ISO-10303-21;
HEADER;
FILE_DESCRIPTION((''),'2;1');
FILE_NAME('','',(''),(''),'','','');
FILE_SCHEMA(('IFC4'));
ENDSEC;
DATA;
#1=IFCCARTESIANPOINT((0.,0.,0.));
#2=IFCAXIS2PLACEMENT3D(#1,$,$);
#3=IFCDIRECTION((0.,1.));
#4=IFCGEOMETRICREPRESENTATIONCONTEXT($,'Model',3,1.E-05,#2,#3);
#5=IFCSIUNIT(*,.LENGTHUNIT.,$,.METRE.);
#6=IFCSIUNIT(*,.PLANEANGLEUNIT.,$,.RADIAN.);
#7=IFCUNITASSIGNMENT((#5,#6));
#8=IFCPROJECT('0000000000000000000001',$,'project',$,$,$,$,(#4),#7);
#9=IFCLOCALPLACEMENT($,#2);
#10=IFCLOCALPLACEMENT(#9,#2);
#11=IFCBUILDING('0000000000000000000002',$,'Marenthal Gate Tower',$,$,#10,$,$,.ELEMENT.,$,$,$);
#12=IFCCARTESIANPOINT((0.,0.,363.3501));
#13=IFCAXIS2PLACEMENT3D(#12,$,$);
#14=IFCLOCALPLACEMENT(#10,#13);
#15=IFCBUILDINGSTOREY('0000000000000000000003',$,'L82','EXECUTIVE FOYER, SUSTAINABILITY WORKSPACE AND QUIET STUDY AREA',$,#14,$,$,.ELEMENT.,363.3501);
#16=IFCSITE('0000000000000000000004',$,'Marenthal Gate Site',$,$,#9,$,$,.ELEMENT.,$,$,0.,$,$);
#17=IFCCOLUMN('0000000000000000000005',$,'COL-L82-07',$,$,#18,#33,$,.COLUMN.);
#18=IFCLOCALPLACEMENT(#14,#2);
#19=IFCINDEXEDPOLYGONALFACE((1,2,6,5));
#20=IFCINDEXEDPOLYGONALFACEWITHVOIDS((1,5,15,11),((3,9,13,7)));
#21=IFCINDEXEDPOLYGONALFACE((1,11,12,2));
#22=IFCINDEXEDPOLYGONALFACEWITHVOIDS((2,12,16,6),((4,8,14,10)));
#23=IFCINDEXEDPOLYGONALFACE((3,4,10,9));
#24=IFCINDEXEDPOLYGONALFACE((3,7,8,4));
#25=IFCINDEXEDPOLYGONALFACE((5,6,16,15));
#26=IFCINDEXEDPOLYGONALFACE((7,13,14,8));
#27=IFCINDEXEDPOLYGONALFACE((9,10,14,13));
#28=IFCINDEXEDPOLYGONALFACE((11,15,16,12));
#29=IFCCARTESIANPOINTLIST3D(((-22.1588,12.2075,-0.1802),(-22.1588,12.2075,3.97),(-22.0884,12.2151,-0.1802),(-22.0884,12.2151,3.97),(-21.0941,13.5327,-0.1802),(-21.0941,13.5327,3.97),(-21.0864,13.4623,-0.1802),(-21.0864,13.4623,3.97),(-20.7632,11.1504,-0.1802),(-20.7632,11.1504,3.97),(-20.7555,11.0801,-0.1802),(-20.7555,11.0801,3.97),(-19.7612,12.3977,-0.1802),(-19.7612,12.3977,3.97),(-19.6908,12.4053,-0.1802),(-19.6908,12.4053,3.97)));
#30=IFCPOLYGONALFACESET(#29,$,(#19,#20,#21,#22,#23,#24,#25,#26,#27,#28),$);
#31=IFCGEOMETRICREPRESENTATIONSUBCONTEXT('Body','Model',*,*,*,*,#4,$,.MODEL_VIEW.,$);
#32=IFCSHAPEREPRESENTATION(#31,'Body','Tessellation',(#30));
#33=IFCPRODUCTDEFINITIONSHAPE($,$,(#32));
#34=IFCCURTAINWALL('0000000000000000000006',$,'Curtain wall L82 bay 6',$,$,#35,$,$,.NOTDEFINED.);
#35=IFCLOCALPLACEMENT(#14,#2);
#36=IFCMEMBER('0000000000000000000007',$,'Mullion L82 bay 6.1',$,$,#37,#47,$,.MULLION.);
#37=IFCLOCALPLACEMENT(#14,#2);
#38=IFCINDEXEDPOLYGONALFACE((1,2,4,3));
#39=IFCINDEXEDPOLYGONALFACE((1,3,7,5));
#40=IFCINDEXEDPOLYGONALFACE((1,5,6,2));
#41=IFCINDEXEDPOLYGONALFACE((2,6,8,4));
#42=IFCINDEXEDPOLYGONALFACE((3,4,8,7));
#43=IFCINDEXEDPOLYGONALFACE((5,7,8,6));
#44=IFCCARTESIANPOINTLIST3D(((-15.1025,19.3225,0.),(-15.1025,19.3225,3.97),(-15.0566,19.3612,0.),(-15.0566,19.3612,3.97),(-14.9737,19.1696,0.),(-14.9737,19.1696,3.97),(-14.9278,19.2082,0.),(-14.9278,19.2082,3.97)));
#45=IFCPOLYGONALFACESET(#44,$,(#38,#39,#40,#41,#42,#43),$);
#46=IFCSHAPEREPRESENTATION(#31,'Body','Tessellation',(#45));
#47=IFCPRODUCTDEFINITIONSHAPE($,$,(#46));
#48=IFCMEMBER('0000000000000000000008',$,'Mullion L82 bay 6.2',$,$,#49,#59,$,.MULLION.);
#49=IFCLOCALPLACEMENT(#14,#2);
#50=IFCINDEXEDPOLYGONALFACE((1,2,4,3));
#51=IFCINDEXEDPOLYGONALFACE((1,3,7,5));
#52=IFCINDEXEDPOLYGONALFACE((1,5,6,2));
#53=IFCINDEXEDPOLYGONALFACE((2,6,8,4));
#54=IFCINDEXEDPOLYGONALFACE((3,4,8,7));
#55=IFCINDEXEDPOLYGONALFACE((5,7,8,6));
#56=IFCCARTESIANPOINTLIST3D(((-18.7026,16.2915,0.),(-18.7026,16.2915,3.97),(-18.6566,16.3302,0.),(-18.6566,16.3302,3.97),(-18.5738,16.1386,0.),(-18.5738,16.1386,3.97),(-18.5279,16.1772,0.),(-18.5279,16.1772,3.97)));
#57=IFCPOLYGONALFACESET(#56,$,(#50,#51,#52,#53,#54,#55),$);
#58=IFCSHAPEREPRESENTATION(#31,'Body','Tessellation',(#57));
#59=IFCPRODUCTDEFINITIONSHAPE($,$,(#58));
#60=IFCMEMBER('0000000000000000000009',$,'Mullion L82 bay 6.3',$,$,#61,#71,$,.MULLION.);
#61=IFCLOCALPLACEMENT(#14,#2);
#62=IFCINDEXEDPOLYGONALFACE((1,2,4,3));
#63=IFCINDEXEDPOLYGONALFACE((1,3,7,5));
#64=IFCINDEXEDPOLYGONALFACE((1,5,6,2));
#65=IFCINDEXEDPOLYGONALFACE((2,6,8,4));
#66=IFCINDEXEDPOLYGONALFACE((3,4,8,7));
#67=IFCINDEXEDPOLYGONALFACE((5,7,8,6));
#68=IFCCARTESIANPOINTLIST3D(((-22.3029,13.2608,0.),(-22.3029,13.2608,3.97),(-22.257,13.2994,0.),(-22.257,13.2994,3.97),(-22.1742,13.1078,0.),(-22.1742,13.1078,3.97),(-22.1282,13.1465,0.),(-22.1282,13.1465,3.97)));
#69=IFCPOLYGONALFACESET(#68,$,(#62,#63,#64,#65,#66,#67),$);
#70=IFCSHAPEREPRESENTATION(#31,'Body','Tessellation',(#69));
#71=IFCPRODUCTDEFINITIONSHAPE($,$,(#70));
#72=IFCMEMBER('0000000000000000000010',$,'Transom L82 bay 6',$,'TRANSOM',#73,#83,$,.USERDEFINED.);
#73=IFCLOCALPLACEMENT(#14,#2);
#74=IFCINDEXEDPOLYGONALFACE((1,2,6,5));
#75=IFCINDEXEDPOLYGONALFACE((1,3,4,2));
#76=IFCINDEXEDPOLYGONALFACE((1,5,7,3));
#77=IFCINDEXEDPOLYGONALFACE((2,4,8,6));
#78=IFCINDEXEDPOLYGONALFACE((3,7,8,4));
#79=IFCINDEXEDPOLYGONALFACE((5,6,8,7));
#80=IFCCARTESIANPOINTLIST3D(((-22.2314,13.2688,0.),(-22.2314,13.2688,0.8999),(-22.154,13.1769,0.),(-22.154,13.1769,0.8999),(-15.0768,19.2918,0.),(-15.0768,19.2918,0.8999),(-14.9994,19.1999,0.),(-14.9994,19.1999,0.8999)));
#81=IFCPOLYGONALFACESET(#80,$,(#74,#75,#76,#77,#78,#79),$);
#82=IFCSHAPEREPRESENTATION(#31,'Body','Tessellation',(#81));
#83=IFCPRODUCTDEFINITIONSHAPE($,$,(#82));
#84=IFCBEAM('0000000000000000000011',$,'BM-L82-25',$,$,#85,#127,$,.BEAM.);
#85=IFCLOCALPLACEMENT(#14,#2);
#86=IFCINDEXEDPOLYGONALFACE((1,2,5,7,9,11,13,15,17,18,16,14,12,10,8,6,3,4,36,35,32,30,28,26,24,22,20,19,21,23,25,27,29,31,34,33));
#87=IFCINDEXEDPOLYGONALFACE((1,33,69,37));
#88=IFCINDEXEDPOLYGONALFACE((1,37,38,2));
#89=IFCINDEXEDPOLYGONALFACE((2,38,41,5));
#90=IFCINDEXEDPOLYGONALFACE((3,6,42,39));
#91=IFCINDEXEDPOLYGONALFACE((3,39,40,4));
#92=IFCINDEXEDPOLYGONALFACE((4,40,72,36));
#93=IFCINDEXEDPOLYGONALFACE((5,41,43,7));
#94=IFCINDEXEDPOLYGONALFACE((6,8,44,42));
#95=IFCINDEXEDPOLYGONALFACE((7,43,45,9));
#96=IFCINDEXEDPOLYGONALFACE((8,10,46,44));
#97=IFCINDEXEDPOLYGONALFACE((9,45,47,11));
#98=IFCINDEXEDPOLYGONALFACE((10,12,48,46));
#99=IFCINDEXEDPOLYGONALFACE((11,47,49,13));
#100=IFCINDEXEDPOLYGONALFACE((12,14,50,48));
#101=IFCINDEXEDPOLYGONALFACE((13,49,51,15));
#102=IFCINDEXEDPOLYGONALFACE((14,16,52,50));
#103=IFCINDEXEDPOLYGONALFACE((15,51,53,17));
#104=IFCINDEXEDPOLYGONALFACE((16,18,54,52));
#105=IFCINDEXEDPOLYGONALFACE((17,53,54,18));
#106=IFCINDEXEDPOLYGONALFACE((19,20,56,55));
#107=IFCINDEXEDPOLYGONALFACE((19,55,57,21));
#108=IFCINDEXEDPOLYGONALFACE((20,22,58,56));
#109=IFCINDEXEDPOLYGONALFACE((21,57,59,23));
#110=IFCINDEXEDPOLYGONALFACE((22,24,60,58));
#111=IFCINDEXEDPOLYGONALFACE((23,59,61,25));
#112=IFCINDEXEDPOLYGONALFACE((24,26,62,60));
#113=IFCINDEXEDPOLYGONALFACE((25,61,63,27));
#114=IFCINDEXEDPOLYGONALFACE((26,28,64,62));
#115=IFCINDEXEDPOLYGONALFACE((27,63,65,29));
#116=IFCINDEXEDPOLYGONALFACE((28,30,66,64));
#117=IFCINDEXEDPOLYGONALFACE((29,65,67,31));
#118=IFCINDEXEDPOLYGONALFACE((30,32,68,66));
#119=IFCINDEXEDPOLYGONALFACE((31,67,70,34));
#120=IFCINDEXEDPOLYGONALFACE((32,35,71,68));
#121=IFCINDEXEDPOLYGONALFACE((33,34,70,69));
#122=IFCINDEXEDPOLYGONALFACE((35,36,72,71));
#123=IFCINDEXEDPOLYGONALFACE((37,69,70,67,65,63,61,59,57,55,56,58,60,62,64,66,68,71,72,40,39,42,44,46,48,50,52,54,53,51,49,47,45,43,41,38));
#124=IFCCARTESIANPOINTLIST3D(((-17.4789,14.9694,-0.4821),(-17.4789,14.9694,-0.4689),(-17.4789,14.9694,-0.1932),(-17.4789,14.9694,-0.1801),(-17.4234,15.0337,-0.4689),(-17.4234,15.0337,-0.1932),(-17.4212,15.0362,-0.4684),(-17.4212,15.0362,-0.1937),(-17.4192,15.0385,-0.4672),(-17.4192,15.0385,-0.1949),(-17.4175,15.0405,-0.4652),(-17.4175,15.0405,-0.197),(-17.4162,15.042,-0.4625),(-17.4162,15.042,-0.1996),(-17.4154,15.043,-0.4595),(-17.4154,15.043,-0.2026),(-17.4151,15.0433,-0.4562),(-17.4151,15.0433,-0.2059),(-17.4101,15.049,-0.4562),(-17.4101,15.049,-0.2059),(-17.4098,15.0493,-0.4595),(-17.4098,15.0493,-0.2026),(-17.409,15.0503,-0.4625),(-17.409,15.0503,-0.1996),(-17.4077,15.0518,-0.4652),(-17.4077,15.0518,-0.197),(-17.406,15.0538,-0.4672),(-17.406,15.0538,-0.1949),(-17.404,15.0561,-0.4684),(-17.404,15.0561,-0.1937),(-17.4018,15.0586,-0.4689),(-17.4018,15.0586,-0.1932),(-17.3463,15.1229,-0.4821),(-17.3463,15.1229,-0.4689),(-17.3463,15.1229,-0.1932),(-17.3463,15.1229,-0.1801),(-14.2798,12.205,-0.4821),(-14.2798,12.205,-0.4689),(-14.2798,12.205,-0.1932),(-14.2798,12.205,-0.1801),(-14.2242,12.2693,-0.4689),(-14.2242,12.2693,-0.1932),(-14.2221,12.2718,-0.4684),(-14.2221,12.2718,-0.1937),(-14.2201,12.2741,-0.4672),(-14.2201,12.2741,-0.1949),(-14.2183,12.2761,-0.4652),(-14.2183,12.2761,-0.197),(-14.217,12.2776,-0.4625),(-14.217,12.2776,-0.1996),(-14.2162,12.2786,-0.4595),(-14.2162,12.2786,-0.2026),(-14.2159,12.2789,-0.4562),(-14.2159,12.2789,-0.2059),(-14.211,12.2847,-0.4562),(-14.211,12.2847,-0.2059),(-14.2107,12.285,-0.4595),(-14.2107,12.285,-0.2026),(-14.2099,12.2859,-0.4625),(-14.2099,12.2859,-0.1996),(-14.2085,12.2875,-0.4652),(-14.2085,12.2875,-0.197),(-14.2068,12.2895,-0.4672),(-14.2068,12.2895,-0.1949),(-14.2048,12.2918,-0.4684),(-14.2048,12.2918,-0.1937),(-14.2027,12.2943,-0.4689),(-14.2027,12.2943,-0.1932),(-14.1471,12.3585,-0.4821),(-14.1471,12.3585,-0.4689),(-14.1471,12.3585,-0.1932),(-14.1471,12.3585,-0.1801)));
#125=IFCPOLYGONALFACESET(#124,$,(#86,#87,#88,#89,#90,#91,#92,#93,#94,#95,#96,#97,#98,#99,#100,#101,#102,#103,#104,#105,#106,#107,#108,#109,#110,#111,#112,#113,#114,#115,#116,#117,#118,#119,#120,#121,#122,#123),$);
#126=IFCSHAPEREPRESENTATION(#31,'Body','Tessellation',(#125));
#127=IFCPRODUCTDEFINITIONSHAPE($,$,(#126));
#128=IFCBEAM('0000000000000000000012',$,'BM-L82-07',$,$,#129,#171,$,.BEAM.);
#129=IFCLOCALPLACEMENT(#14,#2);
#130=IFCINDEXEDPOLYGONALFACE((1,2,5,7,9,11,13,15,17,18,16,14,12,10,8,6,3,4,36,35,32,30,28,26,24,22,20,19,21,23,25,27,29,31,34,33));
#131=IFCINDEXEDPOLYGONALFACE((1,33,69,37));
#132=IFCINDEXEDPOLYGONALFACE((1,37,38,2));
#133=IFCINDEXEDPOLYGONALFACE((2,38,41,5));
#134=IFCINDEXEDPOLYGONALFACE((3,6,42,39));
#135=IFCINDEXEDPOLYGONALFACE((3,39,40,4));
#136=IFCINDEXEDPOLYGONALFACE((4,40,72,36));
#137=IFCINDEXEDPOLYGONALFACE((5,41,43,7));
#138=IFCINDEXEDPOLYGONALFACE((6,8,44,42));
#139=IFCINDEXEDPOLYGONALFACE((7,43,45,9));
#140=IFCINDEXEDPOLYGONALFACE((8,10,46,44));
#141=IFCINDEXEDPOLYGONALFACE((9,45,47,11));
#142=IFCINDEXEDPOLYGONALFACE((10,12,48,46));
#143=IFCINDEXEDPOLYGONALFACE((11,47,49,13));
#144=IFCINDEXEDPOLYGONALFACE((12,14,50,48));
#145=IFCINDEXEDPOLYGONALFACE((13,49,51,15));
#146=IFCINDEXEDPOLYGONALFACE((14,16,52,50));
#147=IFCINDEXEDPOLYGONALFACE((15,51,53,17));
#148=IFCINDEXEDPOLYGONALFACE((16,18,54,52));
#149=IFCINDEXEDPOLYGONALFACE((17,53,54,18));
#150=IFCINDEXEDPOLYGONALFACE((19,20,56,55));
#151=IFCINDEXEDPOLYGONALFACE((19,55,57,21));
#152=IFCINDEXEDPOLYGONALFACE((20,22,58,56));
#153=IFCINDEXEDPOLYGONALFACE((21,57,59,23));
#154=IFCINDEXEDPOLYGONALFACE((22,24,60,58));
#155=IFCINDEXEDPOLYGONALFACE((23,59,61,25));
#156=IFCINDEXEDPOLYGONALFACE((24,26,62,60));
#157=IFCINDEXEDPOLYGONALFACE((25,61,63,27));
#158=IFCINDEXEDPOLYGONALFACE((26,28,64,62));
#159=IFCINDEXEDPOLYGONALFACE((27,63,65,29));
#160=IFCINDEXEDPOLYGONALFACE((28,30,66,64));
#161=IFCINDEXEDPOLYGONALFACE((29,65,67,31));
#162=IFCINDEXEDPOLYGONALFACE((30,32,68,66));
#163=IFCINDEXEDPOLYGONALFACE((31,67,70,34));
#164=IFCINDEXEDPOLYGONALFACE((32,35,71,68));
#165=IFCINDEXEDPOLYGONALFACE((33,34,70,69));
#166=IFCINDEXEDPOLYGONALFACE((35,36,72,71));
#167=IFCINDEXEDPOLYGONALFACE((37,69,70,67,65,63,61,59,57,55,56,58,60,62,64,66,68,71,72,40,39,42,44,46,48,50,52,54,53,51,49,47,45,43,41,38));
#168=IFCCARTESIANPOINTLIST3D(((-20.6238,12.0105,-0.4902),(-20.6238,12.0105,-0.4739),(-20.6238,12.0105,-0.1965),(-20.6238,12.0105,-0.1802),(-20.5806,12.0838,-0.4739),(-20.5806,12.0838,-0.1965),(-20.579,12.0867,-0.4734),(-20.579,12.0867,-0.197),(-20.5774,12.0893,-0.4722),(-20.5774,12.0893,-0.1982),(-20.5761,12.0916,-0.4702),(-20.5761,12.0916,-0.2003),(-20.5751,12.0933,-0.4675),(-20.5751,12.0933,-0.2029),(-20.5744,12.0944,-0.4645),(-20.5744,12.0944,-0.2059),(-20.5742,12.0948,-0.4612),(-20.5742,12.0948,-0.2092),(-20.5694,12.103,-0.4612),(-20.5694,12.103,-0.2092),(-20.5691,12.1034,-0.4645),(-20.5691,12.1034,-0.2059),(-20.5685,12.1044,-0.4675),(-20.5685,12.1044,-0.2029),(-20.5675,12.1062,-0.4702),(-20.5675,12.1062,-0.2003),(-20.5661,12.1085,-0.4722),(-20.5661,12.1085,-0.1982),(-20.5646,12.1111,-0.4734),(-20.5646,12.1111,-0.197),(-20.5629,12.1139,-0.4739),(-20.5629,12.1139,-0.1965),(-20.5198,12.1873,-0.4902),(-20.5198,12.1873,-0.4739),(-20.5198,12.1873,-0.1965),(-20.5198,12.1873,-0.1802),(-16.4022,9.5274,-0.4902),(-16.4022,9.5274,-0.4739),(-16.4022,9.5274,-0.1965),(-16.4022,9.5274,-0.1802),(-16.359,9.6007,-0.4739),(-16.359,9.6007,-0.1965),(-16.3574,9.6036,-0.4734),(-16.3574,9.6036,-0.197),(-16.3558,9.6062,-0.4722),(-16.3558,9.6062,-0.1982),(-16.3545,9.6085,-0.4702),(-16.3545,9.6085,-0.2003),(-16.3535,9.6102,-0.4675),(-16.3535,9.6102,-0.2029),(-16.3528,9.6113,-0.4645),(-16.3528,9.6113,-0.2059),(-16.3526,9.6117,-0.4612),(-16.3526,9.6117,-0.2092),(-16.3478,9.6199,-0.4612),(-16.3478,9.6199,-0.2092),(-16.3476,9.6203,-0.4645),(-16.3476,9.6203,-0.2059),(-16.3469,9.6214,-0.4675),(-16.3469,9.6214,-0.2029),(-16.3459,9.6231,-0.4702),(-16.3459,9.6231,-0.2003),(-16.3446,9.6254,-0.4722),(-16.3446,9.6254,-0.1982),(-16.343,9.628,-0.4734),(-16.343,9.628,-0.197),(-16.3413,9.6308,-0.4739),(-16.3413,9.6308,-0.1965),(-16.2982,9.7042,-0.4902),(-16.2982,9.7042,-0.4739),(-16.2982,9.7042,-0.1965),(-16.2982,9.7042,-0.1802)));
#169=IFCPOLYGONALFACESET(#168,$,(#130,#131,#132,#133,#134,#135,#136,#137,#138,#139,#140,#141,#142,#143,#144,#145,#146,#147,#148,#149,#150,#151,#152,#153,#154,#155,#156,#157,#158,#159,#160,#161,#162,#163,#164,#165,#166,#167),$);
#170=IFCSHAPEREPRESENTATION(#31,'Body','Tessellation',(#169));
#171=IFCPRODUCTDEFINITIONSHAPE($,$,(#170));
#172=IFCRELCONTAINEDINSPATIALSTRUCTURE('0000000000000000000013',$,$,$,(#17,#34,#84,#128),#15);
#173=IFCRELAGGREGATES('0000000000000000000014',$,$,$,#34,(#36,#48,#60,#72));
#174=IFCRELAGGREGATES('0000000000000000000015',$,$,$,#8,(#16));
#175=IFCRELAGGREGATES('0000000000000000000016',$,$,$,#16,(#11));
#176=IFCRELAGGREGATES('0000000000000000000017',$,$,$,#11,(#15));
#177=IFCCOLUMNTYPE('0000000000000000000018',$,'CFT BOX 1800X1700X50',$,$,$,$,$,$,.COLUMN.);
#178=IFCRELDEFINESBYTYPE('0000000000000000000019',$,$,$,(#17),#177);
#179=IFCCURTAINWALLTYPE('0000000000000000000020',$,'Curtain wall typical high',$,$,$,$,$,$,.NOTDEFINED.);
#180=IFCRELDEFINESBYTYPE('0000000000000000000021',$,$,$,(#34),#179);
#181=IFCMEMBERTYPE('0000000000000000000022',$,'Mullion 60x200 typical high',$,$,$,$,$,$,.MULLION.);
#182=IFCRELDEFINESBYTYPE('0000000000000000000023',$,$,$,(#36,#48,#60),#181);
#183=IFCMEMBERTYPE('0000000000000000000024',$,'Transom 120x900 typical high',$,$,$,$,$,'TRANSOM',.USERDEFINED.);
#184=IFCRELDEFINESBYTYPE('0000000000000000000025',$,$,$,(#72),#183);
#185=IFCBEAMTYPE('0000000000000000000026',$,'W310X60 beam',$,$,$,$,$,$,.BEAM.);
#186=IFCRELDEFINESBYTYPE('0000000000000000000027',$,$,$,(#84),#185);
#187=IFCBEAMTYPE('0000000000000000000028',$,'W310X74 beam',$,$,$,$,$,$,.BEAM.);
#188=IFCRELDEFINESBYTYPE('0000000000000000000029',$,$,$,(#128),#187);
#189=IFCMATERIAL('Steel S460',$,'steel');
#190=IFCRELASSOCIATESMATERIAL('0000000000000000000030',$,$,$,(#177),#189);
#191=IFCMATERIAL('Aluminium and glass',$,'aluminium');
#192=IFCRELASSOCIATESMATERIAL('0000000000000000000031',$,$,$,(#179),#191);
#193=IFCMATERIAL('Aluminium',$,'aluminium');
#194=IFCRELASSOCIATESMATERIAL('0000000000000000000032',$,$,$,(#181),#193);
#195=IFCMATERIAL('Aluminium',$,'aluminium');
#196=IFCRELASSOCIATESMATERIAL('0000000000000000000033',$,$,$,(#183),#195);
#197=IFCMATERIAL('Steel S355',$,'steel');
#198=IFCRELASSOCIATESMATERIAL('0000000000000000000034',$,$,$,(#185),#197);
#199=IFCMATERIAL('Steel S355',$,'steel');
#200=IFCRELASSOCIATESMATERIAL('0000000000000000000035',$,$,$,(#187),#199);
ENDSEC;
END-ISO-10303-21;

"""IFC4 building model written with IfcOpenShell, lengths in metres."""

from ifc_helpers import new_model, si_unit, direction, frame, origin, origin_2d, place, context, subcontext, project, spatial, rectangle, hollow_rectangle, i_section, extrude, material, material_profile, profile_set, type_object, element, aggregate, save


model = new_model("IFC4")

# Units and contexts
model_context = context("Model", 3, precision=1e-05, world=origin(), true_north=direction((0.0, 1.0)))
body_context = subcontext(model_context, "Body", "Model", "MODEL_VIEW")
ifc_project = project(units=[si_unit("LENGTHUNIT", "METRE"), si_unit("PLANEANGLEUNIT", "RADIAN")], contexts=[model_context])

# Site, building, storey
site_placement = place(None, origin())
site = spatial("IfcSite", under=ifc_project, at=site_placement, Name="Marenthal Gate Site", CompositionType="ELEMENT", RefElevation=0.0)
building_placement = place(site_placement, origin())
building = spatial("IfcBuilding", under=site, at=building_placement, Name="Marenthal Gate Tower", CompositionType="ELEMENT")
storey_placement = place(building_placement, frame((0.0, 0.0, 363.3501)))
storey = spatial("IfcBuildingStorey", under=building, at=storey_placement, Name="L82", Description="EXECUTIVE FOYER, SUSTAINABILITY WORKSPACE AND QUIET STUDY AREA", CompositionType="ELEMENT", Elevation=363.3501)

# Column
ifc_material_1 = material(Name="Steel S460", Category="steel")
ifc_material_profile_1 = material_profile(ifc_material_1, hollow_rectangle(XDim=1.7, YDim=1.8, WallThickness=0.05, at=origin_2d()), Name="CFT BOX 1800X1700X50")
ifc_material_2 = material(Name="Concrete 70 MPa", Category="concrete")
ifc_material_profile_2 = material_profile(ifc_material_2, rectangle(XDim=1.6001, YDim=1.7, at=origin_2d()), Name="CFT BOX 1800X1700X50 INFILL")
ifc_profile_set_1 = profile_set([ifc_material_profile_1, ifc_material_profile_2], Name="Steel S460 shell, Concrete 70 MPa infill")
column_type = type_object("IfcColumnType", Name="CFT BOX 1800X1700X50", PredefinedType="COLUMN", material=ifc_profile_set_1)
column_placement = place(storey_placement, frame((-20.9248, 12.3064, -0.1802), z_axis=(0.0, 0.0, 1.0), x_axis=(0.626296, 0.779585, 0.0)))
element("IfcColumn", 1, at=column_placement, inside=storey, type_object=column_type, Name="COL-L82-07", PredefinedType="COLUMN", context=body_context, shape_type="SweptSolid", body=[
    extrude(hollow_rectangle(XDim=1.7, YDim=1.8, WallThickness=0.05, at=origin_2d()), origin(), (0.0, 0.0, 1.0), 4.1501),
])

# Curtain wall, members
ifc_material_3 = material(Name="Aluminium and glass", Category="aluminium")
curtain_wall_type = type_object("IfcCurtainWallType", Name="Curtain wall typical high", PredefinedType="NOTDEFINED", material=ifc_material_3)
curtain_wall_placement = place(storey_placement, origin())
curtain_wall = element("IfcCurtainWall", 2, at=curtain_wall_placement, inside=storey, type_object=curtain_wall_type, Name="Curtain wall L82 bay 6", PredefinedType="NOTDEFINED")
ifc_material_4 = material(Name="Aluminium", Category="aluminium")
ifc_material_profile_3 = material_profile(ifc_material_4, rectangle(XDim=0.2, YDim=0.0601, at=origin_2d()), Name="60x200 aluminium mullion")
ifc_profile_set_2 = profile_set([ifc_material_profile_3], Name="Aluminium")
member_type_1 = type_object("IfcMemberType", Name="Mullion 60x200 typical high", PredefinedType="MULLION", material=ifc_profile_set_2)
member_1_placement = place(storey_placement, frame((-15.0151, 19.2654, 0.0), z_axis=(0.0, 0.0, 1.0), x_axis=(0.644023, -0.765006, 0.0)))
member_1 = element("IfcMember", 3, at=member_1_placement, type_object=member_type_1, Name="Mullion L82 bay 6.1", PredefinedType="MULLION", context=body_context, shape_type="SweptSolid", body=[
    extrude(rectangle(XDim=0.2, YDim=0.0601, at=origin_2d()), origin(), (0.0, 0.0, 1.0), 3.97),
])
member_2_placement = place(storey_placement, frame((-18.6152, 16.2344, 0.0), z_axis=(0.0, 0.0, 1.0), x_axis=(0.644023, -0.765006, 0.0)))
member_2 = element("IfcMember", 4, at=member_2_placement, type_object=member_type_1, Name="Mullion L82 bay 6.2", PredefinedType="MULLION", context=body_context, shape_type="SweptSolid", body=[
    extrude(rectangle(XDim=0.2, YDim=0.0601, at=origin_2d()), origin(), (0.0, 0.0, 1.0), 3.97),
])
member_3_placement = place(storey_placement, frame((-22.2156, 13.2036, 0.0), z_axis=(0.0, 0.0, 1.0), x_axis=(0.644023, -0.765006, 0.0)))
member_3 = element("IfcMember", 5, at=member_3_placement, type_object=member_type_1, Name="Mullion L82 bay 6.3", PredefinedType="MULLION", context=body_context, shape_type="SweptSolid", body=[
    extrude(rectangle(XDim=0.2, YDim=0.0601, at=origin_2d()), origin(), (0.0, 0.0, 1.0), 3.97),
])
ifc_material_5 = material(Name="Aluminium", Category="aluminium")
ifc_material_profile_4 = material_profile(ifc_material_5, rectangle(XDim=0.1201, YDim=0.8999, at=origin_2d()), Name="120x900 aluminium transom")
ifc_profile_set_3 = profile_set([ifc_material_profile_4], Name="Aluminium")
member_type_2 = type_object("IfcMemberType", Name="Transom 120x900 typical high", ElementType="TRANSOM", PredefinedType="USERDEFINED", material=ifc_profile_set_3)
member_4_placement = place(storey_placement, frame((-15.0381, 19.2458, 0.45), z_axis=(-0.765013, -0.644015, 0.0), x_axis=(0.644015, -0.765013, 0.0)))
member_4 = element("IfcMember", 6, at=member_4_placement, type_object=member_type_2, Name="Transom L82 bay 6", ObjectType="TRANSOM", PredefinedType="USERDEFINED", context=body_context, shape_type="SweptSolid", body=[
    extrude(rectangle(XDim=0.1201, YDim=0.8999, at=origin_2d()), origin(), (0.0, 0.0, 1.0), 9.3523),
])

# Beams
ifc_material_6 = material(Name="Steel S355", Category="steel")
ifc_material_profile_5 = material_profile(ifc_material_6, i_section(OverallWidth=0.2029, OverallDepth=0.302, WebThickness=0.0076, FlangeThickness=0.0132, FilletRadius=0.0127, at=origin_2d()), Name="W310X60")
ifc_profile_set_4 = profile_set([ifc_material_profile_5], Name="Steel S355")
beam_type_1 = type_object("IfcBeamType", Name="W310X60 beam", PredefinedType="BEAM", material=ifc_profile_set_4)
beam_1_placement = place(storey_placement, frame((-17.4126, 15.0461, -0.3311), z_axis=(0.756654, -0.653815, 0.0), x_axis=(0.653815, 0.756654, 0.0)))
element("IfcBeam", 7, at=beam_1_placement, inside=storey, type_object=beam_type_1, Name="BM-L82-25", PredefinedType="BEAM", context=body_context, shape_type="SweptSolid", body=[
    extrude(i_section(OverallWidth=0.2029, OverallDepth=0.302, WebThickness=0.0076, FlangeThickness=0.0132, FilletRadius=0.0127, at=origin_2d()), origin(), (0.0, 0.0, 1.0), 4.228),
])
ifc_material_7 = material(Name="Steel S355", Category="steel")
ifc_material_profile_6 = material_profile(ifc_material_7, i_section(OverallWidth=0.2051, OverallDepth=0.3101, WebThickness=0.0095, FlangeThickness=0.0164, FilletRadius=0.0127, at=origin_2d()), Name="W310X74")
ifc_profile_set_5 = profile_set([ifc_material_profile_6], Name="Steel S355")
beam_type_2 = type_object("IfcBeamType", Name="W310X74 beam", PredefinedType="BEAM", material=ifc_profile_set_5)
beam_2_placement = place(storey_placement, frame((-20.5718, 12.0989, -0.3352), z_axis=(0.861951, -0.506992, 0.0), x_axis=(0.506992, 0.861951, 0.0)))
element("IfcBeam", 8, at=beam_2_placement, inside=storey, type_object=beam_type_2, Name="BM-L82-07", PredefinedType="BEAM", context=body_context, shape_type="SweptSolid", body=[
    extrude(i_section(OverallWidth=0.2051, OverallDepth=0.3101, WebThickness=0.0095, FlangeThickness=0.0164, FilletRadius=0.0127, at=origin_2d()), origin(), (0.0, 0.0, 1.0), 4.8977),
])

aggregate(curtain_wall, [member_1, member_2, member_3, member_4])

save(model, "model.ifc")
